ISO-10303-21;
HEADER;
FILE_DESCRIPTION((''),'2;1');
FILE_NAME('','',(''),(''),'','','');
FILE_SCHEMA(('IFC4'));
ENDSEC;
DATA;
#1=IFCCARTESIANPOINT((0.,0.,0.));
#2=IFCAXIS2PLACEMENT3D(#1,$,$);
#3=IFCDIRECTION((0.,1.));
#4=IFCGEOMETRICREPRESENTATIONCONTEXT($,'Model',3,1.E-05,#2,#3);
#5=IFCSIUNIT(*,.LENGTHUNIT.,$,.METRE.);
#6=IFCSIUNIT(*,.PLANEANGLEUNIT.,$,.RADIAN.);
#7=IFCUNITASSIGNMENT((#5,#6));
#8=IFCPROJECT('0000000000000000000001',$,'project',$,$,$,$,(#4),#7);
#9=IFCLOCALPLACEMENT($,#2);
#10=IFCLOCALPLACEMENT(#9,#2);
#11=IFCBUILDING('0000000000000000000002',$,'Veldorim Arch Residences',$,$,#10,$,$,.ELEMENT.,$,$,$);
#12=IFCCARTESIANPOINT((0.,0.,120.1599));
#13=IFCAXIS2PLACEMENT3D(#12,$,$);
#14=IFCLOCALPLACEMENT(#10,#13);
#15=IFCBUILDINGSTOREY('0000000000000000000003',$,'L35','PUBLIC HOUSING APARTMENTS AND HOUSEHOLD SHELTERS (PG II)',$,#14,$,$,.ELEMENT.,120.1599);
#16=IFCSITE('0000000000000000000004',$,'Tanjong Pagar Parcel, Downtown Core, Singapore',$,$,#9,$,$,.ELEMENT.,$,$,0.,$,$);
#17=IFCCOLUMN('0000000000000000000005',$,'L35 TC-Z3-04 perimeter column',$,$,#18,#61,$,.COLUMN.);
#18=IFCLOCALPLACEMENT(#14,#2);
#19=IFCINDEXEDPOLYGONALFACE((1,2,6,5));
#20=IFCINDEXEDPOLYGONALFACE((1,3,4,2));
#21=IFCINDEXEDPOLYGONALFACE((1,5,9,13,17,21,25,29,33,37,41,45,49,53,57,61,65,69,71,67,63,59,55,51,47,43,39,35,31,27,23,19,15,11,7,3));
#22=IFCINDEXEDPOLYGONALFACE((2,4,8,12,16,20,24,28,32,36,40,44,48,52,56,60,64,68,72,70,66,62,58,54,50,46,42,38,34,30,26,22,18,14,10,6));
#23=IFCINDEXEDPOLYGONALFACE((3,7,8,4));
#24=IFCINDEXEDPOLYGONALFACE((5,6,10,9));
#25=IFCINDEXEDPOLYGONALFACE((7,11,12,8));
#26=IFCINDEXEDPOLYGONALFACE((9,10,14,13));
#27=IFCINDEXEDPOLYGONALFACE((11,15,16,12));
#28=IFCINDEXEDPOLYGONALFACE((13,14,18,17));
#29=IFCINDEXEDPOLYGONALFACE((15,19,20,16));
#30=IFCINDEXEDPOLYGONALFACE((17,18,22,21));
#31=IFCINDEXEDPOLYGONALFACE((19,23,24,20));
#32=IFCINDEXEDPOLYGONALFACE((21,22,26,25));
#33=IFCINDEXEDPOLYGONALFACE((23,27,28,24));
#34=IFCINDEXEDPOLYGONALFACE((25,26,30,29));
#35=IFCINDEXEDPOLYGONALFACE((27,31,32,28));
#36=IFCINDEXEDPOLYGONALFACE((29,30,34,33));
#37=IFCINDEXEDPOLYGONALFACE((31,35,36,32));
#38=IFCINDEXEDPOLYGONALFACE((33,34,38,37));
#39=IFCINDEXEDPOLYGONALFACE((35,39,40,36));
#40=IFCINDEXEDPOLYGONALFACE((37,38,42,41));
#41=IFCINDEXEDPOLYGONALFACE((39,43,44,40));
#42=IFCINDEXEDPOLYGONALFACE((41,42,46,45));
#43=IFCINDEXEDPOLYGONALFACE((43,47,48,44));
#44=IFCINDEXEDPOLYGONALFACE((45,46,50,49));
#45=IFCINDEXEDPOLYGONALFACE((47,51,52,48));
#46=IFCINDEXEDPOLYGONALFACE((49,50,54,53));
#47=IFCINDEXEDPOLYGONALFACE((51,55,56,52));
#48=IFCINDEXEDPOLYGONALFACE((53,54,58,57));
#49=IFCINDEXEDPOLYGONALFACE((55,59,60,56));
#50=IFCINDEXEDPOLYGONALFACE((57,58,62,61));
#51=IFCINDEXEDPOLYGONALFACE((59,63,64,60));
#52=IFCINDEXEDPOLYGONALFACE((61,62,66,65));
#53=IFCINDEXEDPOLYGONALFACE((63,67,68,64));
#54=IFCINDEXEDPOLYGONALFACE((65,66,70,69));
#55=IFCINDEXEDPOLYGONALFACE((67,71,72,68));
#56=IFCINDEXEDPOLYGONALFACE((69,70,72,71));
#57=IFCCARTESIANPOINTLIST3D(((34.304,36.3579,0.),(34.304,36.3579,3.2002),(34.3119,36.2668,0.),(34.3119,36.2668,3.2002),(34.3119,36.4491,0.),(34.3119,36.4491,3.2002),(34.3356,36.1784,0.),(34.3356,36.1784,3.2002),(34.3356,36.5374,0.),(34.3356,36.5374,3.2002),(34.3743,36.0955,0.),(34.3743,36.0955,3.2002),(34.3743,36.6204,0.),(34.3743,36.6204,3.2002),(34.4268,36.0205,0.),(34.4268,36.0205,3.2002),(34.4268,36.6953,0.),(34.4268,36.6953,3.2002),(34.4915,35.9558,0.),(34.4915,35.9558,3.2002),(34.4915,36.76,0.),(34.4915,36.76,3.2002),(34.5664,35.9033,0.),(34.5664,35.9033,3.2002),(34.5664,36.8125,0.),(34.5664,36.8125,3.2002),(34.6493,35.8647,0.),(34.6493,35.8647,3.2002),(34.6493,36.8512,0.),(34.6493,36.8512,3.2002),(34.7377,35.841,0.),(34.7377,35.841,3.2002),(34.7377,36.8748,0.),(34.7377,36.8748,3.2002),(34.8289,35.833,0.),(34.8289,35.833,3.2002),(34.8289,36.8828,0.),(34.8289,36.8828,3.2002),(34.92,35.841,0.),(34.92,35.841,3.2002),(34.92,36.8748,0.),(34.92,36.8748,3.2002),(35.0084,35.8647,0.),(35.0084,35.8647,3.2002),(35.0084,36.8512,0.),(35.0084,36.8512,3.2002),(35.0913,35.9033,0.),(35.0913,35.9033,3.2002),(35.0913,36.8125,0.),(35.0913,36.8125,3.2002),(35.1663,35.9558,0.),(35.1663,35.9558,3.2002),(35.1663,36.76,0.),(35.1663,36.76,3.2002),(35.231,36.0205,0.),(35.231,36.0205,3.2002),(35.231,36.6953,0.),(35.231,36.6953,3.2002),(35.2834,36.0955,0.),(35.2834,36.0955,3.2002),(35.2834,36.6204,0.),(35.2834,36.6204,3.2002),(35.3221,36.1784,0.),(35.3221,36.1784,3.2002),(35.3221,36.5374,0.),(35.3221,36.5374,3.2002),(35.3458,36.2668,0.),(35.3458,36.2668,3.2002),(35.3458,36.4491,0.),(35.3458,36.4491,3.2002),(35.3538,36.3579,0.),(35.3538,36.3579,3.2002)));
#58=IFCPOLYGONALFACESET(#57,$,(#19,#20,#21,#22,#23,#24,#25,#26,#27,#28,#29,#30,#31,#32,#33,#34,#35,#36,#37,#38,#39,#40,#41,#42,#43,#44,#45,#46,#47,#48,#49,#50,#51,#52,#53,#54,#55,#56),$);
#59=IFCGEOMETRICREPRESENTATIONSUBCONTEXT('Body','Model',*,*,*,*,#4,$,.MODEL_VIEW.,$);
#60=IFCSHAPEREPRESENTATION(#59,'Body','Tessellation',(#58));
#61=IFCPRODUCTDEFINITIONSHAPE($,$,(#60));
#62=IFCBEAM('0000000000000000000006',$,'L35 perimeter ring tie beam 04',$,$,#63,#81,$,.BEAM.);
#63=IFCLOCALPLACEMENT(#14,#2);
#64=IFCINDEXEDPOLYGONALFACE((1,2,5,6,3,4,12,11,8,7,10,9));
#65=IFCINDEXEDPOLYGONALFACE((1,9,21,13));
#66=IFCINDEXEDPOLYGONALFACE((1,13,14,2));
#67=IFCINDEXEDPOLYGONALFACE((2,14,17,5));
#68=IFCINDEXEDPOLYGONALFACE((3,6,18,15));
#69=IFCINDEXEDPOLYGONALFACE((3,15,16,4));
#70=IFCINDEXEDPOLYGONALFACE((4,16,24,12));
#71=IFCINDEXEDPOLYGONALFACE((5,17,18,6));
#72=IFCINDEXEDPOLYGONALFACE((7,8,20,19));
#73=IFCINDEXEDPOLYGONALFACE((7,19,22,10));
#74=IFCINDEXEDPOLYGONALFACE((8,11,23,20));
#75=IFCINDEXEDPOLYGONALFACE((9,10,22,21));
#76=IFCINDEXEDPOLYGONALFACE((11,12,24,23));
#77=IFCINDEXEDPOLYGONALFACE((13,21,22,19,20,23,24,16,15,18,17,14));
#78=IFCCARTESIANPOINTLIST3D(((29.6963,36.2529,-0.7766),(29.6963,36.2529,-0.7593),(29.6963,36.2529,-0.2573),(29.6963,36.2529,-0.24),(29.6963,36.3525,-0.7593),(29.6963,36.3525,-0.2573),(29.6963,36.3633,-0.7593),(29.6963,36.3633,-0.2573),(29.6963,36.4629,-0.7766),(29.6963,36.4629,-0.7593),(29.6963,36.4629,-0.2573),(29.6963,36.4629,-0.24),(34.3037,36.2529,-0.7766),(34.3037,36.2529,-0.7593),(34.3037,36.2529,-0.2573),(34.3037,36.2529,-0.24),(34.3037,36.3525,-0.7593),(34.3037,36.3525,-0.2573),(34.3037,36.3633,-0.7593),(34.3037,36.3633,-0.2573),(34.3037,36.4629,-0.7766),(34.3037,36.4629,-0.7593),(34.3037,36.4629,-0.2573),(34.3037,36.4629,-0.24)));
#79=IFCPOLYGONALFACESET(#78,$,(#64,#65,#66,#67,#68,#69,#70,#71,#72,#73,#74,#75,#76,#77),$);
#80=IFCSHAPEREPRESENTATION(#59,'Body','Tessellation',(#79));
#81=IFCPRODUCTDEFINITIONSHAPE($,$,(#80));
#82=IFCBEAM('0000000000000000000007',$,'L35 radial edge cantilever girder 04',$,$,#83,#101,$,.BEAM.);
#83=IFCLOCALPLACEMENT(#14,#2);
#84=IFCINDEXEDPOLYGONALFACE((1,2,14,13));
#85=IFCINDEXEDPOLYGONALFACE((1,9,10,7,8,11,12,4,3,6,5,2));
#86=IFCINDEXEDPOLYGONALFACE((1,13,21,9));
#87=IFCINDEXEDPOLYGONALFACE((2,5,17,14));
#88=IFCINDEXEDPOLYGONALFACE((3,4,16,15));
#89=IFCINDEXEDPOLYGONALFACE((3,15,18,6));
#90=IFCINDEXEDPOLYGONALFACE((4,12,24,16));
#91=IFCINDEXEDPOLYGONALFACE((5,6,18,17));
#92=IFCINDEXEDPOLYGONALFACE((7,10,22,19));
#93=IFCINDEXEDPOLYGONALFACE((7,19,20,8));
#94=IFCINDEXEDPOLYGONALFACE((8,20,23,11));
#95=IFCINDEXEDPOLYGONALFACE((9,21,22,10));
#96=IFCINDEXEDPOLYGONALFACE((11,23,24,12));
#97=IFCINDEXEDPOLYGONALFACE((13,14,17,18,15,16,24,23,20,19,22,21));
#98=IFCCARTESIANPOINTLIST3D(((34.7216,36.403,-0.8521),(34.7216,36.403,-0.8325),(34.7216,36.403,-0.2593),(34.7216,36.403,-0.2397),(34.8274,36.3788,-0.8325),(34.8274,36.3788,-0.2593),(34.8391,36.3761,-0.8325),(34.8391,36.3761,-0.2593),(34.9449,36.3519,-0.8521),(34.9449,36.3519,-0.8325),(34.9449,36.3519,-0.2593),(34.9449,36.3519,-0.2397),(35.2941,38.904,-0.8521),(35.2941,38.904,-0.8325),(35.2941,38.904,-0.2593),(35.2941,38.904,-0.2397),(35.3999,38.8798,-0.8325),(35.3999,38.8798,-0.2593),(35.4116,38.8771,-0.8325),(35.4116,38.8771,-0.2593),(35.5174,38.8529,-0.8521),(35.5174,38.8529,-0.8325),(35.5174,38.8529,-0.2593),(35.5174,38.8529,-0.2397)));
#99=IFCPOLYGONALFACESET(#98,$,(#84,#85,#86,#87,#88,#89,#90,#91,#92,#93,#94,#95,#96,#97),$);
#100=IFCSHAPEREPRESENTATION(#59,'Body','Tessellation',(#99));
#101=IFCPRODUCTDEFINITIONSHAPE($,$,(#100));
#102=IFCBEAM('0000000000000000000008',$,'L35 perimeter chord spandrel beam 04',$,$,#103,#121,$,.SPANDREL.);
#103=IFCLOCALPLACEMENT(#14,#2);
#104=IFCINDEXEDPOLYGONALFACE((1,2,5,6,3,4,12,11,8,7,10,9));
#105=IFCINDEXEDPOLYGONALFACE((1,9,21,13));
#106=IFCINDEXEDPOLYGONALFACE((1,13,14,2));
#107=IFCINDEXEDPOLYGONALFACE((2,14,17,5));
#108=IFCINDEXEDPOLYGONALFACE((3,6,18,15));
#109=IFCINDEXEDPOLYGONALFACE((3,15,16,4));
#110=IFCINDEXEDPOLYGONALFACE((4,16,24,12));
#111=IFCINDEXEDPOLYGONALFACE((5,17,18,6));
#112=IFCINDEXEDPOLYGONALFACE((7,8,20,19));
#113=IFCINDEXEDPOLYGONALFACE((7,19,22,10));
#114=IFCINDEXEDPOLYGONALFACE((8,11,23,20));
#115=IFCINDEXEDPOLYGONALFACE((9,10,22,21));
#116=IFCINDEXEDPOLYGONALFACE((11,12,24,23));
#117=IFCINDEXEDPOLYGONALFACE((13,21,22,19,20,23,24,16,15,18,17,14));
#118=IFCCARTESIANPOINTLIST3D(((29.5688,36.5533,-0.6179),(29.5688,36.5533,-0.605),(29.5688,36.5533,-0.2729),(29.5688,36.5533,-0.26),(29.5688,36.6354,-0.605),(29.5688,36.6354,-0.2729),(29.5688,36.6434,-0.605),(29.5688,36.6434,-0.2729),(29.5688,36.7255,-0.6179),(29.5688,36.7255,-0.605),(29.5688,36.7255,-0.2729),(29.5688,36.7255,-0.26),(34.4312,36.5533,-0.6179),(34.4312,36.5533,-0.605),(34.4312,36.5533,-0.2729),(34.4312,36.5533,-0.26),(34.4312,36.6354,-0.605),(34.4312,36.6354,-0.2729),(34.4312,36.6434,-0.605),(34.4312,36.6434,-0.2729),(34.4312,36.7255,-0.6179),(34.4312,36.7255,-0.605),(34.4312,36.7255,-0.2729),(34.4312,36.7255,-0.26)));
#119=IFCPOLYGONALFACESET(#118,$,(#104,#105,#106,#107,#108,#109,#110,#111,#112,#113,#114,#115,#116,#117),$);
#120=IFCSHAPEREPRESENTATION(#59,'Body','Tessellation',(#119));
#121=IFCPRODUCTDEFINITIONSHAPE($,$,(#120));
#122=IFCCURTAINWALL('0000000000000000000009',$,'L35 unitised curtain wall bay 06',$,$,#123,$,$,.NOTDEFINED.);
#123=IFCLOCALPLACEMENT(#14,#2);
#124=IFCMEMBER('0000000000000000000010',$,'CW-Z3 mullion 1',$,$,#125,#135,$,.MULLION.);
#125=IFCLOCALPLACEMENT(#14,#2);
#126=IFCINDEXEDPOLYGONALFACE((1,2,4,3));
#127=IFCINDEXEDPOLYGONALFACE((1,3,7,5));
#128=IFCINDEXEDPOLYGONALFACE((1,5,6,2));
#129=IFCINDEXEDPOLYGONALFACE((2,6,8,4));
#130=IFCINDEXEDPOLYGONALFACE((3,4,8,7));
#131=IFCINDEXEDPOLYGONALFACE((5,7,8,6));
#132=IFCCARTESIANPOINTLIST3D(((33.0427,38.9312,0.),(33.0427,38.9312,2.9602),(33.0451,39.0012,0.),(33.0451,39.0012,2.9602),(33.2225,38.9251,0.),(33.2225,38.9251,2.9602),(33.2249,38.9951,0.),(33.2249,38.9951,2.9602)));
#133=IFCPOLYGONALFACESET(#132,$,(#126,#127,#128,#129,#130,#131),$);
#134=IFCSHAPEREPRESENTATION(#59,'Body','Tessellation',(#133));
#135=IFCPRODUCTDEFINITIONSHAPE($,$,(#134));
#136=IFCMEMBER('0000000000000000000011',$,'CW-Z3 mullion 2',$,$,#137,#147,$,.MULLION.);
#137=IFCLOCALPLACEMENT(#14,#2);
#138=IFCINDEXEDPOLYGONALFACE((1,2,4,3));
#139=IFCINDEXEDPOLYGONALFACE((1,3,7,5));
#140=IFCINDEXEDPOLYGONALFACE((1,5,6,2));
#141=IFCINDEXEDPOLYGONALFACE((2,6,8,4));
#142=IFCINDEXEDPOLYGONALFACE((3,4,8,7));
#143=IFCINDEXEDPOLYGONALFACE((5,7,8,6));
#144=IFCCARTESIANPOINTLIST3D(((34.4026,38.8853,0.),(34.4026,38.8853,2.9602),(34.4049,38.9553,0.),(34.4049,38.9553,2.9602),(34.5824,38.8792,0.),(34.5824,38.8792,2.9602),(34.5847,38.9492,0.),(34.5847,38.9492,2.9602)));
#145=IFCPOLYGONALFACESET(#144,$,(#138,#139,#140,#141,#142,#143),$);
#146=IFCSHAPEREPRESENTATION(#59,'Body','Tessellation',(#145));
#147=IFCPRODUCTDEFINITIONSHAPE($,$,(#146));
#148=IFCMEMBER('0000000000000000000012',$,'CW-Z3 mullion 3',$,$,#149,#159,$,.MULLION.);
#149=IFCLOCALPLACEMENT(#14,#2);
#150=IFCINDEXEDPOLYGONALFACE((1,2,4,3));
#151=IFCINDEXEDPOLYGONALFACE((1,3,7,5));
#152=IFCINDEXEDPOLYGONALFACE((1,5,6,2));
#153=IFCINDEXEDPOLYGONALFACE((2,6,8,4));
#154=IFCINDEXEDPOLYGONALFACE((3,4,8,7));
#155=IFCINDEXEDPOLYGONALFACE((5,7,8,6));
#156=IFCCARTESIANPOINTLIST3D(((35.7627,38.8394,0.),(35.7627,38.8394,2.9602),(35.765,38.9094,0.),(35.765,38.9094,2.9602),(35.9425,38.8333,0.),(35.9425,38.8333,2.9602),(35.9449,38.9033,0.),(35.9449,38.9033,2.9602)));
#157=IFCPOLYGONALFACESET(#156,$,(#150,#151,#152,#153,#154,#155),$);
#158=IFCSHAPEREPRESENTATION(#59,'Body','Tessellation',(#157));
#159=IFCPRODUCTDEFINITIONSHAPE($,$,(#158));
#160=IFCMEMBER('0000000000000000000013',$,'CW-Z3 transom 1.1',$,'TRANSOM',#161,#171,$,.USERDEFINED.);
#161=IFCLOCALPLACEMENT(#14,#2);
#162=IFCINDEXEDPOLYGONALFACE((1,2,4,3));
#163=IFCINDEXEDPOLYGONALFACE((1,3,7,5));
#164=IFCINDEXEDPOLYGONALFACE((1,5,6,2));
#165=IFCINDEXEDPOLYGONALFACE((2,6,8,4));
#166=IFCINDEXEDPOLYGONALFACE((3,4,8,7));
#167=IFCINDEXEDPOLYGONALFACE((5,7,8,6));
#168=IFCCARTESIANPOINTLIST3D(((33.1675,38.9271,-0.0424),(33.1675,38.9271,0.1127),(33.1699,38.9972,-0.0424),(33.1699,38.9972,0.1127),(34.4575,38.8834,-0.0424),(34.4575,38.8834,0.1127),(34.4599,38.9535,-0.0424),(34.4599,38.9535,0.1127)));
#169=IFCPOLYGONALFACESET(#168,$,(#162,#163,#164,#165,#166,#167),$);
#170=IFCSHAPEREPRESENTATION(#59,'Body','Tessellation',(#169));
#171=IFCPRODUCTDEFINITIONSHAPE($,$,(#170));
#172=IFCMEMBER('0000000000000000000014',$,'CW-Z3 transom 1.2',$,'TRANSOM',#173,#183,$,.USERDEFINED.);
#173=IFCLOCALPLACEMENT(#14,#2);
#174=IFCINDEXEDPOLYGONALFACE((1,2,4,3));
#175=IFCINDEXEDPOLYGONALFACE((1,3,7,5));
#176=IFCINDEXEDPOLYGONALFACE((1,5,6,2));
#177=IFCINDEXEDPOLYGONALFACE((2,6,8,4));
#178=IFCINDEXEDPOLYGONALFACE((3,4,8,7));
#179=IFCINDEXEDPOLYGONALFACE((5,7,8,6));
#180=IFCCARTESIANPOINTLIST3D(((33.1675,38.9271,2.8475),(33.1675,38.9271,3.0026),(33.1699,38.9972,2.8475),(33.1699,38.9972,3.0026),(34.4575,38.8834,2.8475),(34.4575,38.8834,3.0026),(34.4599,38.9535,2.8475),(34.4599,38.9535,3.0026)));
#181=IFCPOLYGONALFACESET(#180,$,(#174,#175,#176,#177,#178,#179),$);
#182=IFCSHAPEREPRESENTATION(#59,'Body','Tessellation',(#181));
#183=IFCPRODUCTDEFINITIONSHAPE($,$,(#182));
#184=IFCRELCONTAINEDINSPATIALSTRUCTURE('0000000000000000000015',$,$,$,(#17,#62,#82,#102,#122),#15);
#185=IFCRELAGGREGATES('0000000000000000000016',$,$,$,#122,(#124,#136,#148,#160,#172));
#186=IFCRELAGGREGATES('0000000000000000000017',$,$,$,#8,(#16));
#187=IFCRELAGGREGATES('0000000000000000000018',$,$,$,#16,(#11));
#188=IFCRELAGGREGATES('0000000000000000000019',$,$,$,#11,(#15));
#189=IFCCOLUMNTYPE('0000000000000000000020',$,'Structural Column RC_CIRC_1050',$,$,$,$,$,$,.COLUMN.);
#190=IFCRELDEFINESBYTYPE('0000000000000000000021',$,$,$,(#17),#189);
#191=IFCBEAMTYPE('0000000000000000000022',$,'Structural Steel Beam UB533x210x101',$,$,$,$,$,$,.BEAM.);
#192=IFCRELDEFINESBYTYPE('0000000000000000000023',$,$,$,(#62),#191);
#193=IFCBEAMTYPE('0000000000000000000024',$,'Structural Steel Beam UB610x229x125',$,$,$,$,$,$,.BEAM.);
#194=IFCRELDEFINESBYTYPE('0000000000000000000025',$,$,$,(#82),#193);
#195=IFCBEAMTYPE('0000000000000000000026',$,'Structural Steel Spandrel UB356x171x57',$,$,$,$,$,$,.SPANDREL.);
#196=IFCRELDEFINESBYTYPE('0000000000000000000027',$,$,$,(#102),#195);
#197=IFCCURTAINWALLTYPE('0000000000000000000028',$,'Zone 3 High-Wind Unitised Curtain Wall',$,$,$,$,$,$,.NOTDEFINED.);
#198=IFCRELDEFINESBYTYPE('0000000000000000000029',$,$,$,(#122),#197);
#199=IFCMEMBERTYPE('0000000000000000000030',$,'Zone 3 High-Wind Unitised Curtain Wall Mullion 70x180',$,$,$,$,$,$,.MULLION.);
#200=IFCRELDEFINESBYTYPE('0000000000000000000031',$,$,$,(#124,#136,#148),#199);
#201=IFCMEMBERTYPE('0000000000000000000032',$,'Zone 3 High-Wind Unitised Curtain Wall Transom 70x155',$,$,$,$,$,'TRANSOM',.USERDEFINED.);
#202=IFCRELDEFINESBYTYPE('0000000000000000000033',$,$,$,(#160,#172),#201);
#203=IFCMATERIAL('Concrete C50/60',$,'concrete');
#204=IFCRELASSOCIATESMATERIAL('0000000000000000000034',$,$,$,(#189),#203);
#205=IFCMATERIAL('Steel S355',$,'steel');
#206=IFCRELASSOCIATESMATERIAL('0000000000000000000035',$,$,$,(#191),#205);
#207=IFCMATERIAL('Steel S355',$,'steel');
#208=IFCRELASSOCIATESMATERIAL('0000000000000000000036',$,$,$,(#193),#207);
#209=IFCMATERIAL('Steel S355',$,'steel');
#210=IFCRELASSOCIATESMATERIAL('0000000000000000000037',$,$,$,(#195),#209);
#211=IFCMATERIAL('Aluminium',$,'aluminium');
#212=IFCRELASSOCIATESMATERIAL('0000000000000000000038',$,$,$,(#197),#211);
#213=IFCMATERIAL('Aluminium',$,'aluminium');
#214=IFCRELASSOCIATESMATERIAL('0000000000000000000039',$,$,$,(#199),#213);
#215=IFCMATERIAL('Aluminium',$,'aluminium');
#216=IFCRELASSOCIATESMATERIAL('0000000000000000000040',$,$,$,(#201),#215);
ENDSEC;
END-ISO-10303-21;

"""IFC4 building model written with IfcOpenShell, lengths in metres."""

from ifc_helpers import new_model, si_unit, direction, frame, origin, origin_2d, place, context, subcontext, project, spatial, rectangle, circle, i_section, extrude, material, material_profile, profile_set, type_object, element, aggregate, save


model = new_model("IFC4")

# Units and contexts
model_context = context("Model", 3, precision=1e-05, world=origin(), true_north=direction((0.0, 1.0)))
body_context = subcontext(model_context, "Body", "Model", "MODEL_VIEW")
ifc_project = project(units=[si_unit("LENGTHUNIT", "METRE"), si_unit("PLANEANGLEUNIT", "RADIAN")], contexts=[model_context])

# Site, building, storey
site_placement = place(None, origin())
site = spatial("IfcSite", under=ifc_project, at=site_placement, Name="Tanjong Pagar Parcel, Downtown Core, Singapore", CompositionType="ELEMENT", RefElevation=0.0)
building_placement = place(site_placement, origin())
building = spatial("IfcBuilding", under=site, at=building_placement, Name="Veldorim Arch Residences", CompositionType="ELEMENT")
storey_placement = place(building_placement, frame((0.0, 0.0, 120.1599)))
storey = spatial("IfcBuildingStorey", under=building, at=storey_placement, Name="L35", Description="PUBLIC HOUSING APARTMENTS AND HOUSEHOLD SHELTERS (PG II)", CompositionType="ELEMENT", Elevation=120.1599)

# Column
ifc_material_1 = material(Name="Concrete C50/60", Category="concrete")
ifc_material_profile_1 = material_profile(ifc_material_1, circle(Radius=0.5249, at=origin_2d()), Name="RC_CIRC_1050")
ifc_profile_set_1 = profile_set([ifc_material_profile_1], Name="Concrete C50/60")
column_type = type_object("IfcColumnType", Name="Structural Column RC_CIRC_1050", PredefinedType="COLUMN", material=ifc_profile_set_1)
column_placement = place(storey_placement, frame((34.8289, 36.3579, 0.0), z_axis=(0.0, 0.0, 1.0), x_axis=(1.0, 0.0, 0.0)))
element("IfcColumn", 1, at=column_placement, inside=storey, type_object=column_type, Name="L35 TC-Z3-04 perimeter column", PredefinedType="COLUMN", context=body_context, shape_type="SweptSolid", body=[
    extrude(circle(Radius=0.5249, at=origin_2d()), origin(), (0.0, 0.0, 1.0), 3.2002),
])

# Beams
ifc_material_2 = material(Name="Steel S355", Category="steel")
ifc_material_profile_2 = material_profile(ifc_material_2, i_section(OverallWidth=0.21, OverallDepth=0.5366, WebThickness=0.0107, FlangeThickness=0.0173, at=origin_2d()), Name="UB533x210x101")
ifc_profile_set_2 = profile_set([ifc_material_profile_2], Name="Steel S355")
beam_type_1 = type_object("IfcBeamType", Name="Structural Steel Beam UB533x210x101", PredefinedType="BEAM", material=ifc_profile_set_2)
beam_1_placement = place(storey_placement, frame((34.3037, 36.3579, -0.5083), z_axis=(-1.0, 0.0, 0.0), x_axis=(0.0, -1.0, 0.0)))
element("IfcBeam", 2, at=beam_1_placement, inside=storey, type_object=beam_type_1, Name="L35 perimeter ring tie beam 04", PredefinedType="BEAM", context=body_context, shape_type="SweptSolid", body=[
    extrude(i_section(OverallWidth=0.21, OverallDepth=0.5366, WebThickness=0.0107, FlangeThickness=0.0173, at=origin_2d()), origin(), (0.0, 0.0, 1.0), 4.6074),
])
ifc_material_3 = material(Name="Steel S355", Category="steel")
ifc_material_profile_3 = material_profile(ifc_material_3, i_section(OverallWidth=0.229, OverallDepth=0.6123, WebThickness=0.012, FlangeThickness=0.0195, at=origin_2d()), Name="UB610x229x125")
ifc_profile_set_3 = profile_set([ifc_material_profile_3], Name="Steel S355")
beam_type_2 = type_object("IfcBeamType", Name="Structural Steel Beam UB610x229x125", PredefinedType="BEAM", material=ifc_profile_set_3)
beam_2_placement = place(storey_placement, frame((34.8333, 36.3774, -0.5459), z_axis=(0.223143, 0.974786, 0.0), x_axis=(-0.974786, 0.223143, 0.0)))
element("IfcBeam", 3, at=beam_2_placement, inside=storey, type_object=beam_type_2, Name="L35 radial edge cantilever girder 04", PredefinedType="BEAM", context=body_context, shape_type="SweptSolid", body=[
    extrude(i_section(OverallWidth=0.229, OverallDepth=0.6123, WebThickness=0.012, FlangeThickness=0.0195, at=origin_2d()), origin(), (0.0, 0.0, 1.0), 2.5657),
])
ifc_material_4 = material(Name="Steel S355", Category="steel")
ifc_material_profile_4 = material_profile(ifc_material_4, i_section(OverallWidth=0.1721, OverallDepth=0.3579, WebThickness=0.0081, FlangeThickness=0.0129, at=origin_2d()), Name="UB356x171x57")
ifc_profile_set_4 = profile_set([ifc_material_profile_4], Name="Steel S355")
beam_type_3 = type_object("IfcBeamType", Name="Structural Steel Spandrel UB356x171x57", PredefinedType="SPANDREL", material=ifc_profile_set_4)
beam_3_placement = place(storey_placement, frame((34.4312, 36.6394, -0.439), z_axis=(-1.0, 0.0, 0.0), x_axis=(0.0, -1.0, 0.0)))
element("IfcBeam", 4, at=beam_3_placement, inside=storey, type_object=beam_type_3, Name="L35 perimeter chord spandrel beam 04", PredefinedType="SPANDREL", context=body_context, shape_type="SweptSolid", body=[
    extrude(i_section(OverallWidth=0.1721, OverallDepth=0.3579, WebThickness=0.0081, FlangeThickness=0.0129, at=origin_2d()), origin(), (0.0, 0.0, 1.0), 4.8623),
])

# Curtain wall, members
ifc_material_5 = material(Name="Aluminium", Category="aluminium")
curtain_wall_type = type_object("IfcCurtainWallType", Name="Zone 3 High-Wind Unitised Curtain Wall", PredefinedType="NOTDEFINED", material=ifc_material_5)
curtain_wall_placement = place(storey_placement, origin())
curtain_wall = element("IfcCurtainWall", 5, at=curtain_wall_placement, inside=storey, type_object=curtain_wall_type, Name="L35 unitised curtain wall bay 06", PredefinedType="NOTDEFINED")
ifc_material_6 = material(Name="Aluminium", Category="aluminium")
ifc_material_profile_5 = material_profile(ifc_material_6, rectangle(XDim=0.0701, YDim=0.1799, at=origin_2d()), Name="ALU_MUL_70x180")
ifc_profile_set_5 = profile_set([ifc_material_profile_5], Name="Aluminium")
member_type_1 = type_object("IfcMemberType", Name="Zone 3 High-Wind Unitised Curtain Wall Mullion 70x180", PredefinedType="MULLION", material=ifc_profile_set_5)
member_1_placement = place(storey_placement, frame((33.1338, 38.9631, 0.0), z_axis=(0.0, 0.0, 1.0), x_axis=(0.033743, 0.999431, 0.0)))
member_1 = element("IfcMember", 6, at=member_1_placement, type_object=member_type_1, Name="CW-Z3 mullion 1", PredefinedType="MULLION", context=body_context, shape_type="SweptSolid", body=[
    extrude(rectangle(XDim=0.0701, YDim=0.1799, at=origin_2d()), origin(), (0.0, 0.0, 1.0), 2.9602),
])
member_2_placement = place(storey_placement, frame((34.4937, 38.9172, 0.0), z_axis=(0.0, 0.0, 1.0), x_axis=(0.033743, 0.999431, 0.0)))
member_2 = element("IfcMember", 7, at=member_2_placement, type_object=member_type_1, Name="CW-Z3 mullion 2", PredefinedType="MULLION", context=body_context, shape_type="SweptSolid", body=[
    extrude(rectangle(XDim=0.0701, YDim=0.1799, at=origin_2d()), origin(), (0.0, 0.0, 1.0), 2.9602),
])
member_3_placement = place(storey_placement, frame((35.8538, 38.8713, 0.0), z_axis=(0.0, 0.0, 1.0), x_axis=(0.033743, 0.999431, 0.0)))
member_3 = element("IfcMember", 8, at=member_3_placement, type_object=member_type_1, Name="CW-Z3 mullion 3", PredefinedType="MULLION", context=body_context, shape_type="SweptSolid", body=[
    extrude(rectangle(XDim=0.0701, YDim=0.1799, at=origin_2d()), origin(), (0.0, 0.0, 1.0), 2.9602),
])
ifc_material_7 = material(Name="Aluminium", Category="aluminium")
ifc_material_profile_6 = material_profile(ifc_material_7, rectangle(XDim=0.0701, YDim=0.155, at=origin_2d()), Name="ALU_TRN_70x155")
ifc_profile_set_6 = profile_set([ifc_material_profile_6], Name="Aluminium")
member_type_2 = type_object("IfcMemberType", Name="Zone 3 High-Wind Unitised Curtain Wall Transom 70x155", ElementType="TRANSOM", PredefinedType="USERDEFINED", material=ifc_profile_set_6)
member_4_placement = place(storey_placement, frame((33.1687, 38.9622, 0.0352), z_axis=(0.999427, -0.033856, 0.0), x_axis=(0.033856, 0.999427, 0.0)))
member_4 = element("IfcMember", 9, at=member_4_placement, type_object=member_type_2, Name="CW-Z3 transom 1.1", ObjectType="TRANSOM", PredefinedType="USERDEFINED", context=body_context, shape_type="SweptSolid", body=[
    extrude(rectangle(XDim=0.0701, YDim=0.155, at=origin_2d()), origin(), (0.0, 0.0, 1.0), 1.2908),
])
member_5_placement = place(storey_placement, frame((33.1687, 38.9622, 2.925), z_axis=(0.999427, -0.033856, 0.0), x_axis=(0.033856, 0.999427, 0.0)))
member_5 = element("IfcMember", 10, at=member_5_placement, type_object=member_type_2, Name="CW-Z3 transom 1.2", ObjectType="TRANSOM", PredefinedType="USERDEFINED", context=body_context, shape_type="SweptSolid", body=[
    extrude(rectangle(XDim=0.0701, YDim=0.155, at=origin_2d()), origin(), (0.0, 0.0, 1.0), 1.2908),
])
aggregate(curtain_wall, [member_1, member_2, member_3, member_4, member_5])

save(model, "model.ifc")
